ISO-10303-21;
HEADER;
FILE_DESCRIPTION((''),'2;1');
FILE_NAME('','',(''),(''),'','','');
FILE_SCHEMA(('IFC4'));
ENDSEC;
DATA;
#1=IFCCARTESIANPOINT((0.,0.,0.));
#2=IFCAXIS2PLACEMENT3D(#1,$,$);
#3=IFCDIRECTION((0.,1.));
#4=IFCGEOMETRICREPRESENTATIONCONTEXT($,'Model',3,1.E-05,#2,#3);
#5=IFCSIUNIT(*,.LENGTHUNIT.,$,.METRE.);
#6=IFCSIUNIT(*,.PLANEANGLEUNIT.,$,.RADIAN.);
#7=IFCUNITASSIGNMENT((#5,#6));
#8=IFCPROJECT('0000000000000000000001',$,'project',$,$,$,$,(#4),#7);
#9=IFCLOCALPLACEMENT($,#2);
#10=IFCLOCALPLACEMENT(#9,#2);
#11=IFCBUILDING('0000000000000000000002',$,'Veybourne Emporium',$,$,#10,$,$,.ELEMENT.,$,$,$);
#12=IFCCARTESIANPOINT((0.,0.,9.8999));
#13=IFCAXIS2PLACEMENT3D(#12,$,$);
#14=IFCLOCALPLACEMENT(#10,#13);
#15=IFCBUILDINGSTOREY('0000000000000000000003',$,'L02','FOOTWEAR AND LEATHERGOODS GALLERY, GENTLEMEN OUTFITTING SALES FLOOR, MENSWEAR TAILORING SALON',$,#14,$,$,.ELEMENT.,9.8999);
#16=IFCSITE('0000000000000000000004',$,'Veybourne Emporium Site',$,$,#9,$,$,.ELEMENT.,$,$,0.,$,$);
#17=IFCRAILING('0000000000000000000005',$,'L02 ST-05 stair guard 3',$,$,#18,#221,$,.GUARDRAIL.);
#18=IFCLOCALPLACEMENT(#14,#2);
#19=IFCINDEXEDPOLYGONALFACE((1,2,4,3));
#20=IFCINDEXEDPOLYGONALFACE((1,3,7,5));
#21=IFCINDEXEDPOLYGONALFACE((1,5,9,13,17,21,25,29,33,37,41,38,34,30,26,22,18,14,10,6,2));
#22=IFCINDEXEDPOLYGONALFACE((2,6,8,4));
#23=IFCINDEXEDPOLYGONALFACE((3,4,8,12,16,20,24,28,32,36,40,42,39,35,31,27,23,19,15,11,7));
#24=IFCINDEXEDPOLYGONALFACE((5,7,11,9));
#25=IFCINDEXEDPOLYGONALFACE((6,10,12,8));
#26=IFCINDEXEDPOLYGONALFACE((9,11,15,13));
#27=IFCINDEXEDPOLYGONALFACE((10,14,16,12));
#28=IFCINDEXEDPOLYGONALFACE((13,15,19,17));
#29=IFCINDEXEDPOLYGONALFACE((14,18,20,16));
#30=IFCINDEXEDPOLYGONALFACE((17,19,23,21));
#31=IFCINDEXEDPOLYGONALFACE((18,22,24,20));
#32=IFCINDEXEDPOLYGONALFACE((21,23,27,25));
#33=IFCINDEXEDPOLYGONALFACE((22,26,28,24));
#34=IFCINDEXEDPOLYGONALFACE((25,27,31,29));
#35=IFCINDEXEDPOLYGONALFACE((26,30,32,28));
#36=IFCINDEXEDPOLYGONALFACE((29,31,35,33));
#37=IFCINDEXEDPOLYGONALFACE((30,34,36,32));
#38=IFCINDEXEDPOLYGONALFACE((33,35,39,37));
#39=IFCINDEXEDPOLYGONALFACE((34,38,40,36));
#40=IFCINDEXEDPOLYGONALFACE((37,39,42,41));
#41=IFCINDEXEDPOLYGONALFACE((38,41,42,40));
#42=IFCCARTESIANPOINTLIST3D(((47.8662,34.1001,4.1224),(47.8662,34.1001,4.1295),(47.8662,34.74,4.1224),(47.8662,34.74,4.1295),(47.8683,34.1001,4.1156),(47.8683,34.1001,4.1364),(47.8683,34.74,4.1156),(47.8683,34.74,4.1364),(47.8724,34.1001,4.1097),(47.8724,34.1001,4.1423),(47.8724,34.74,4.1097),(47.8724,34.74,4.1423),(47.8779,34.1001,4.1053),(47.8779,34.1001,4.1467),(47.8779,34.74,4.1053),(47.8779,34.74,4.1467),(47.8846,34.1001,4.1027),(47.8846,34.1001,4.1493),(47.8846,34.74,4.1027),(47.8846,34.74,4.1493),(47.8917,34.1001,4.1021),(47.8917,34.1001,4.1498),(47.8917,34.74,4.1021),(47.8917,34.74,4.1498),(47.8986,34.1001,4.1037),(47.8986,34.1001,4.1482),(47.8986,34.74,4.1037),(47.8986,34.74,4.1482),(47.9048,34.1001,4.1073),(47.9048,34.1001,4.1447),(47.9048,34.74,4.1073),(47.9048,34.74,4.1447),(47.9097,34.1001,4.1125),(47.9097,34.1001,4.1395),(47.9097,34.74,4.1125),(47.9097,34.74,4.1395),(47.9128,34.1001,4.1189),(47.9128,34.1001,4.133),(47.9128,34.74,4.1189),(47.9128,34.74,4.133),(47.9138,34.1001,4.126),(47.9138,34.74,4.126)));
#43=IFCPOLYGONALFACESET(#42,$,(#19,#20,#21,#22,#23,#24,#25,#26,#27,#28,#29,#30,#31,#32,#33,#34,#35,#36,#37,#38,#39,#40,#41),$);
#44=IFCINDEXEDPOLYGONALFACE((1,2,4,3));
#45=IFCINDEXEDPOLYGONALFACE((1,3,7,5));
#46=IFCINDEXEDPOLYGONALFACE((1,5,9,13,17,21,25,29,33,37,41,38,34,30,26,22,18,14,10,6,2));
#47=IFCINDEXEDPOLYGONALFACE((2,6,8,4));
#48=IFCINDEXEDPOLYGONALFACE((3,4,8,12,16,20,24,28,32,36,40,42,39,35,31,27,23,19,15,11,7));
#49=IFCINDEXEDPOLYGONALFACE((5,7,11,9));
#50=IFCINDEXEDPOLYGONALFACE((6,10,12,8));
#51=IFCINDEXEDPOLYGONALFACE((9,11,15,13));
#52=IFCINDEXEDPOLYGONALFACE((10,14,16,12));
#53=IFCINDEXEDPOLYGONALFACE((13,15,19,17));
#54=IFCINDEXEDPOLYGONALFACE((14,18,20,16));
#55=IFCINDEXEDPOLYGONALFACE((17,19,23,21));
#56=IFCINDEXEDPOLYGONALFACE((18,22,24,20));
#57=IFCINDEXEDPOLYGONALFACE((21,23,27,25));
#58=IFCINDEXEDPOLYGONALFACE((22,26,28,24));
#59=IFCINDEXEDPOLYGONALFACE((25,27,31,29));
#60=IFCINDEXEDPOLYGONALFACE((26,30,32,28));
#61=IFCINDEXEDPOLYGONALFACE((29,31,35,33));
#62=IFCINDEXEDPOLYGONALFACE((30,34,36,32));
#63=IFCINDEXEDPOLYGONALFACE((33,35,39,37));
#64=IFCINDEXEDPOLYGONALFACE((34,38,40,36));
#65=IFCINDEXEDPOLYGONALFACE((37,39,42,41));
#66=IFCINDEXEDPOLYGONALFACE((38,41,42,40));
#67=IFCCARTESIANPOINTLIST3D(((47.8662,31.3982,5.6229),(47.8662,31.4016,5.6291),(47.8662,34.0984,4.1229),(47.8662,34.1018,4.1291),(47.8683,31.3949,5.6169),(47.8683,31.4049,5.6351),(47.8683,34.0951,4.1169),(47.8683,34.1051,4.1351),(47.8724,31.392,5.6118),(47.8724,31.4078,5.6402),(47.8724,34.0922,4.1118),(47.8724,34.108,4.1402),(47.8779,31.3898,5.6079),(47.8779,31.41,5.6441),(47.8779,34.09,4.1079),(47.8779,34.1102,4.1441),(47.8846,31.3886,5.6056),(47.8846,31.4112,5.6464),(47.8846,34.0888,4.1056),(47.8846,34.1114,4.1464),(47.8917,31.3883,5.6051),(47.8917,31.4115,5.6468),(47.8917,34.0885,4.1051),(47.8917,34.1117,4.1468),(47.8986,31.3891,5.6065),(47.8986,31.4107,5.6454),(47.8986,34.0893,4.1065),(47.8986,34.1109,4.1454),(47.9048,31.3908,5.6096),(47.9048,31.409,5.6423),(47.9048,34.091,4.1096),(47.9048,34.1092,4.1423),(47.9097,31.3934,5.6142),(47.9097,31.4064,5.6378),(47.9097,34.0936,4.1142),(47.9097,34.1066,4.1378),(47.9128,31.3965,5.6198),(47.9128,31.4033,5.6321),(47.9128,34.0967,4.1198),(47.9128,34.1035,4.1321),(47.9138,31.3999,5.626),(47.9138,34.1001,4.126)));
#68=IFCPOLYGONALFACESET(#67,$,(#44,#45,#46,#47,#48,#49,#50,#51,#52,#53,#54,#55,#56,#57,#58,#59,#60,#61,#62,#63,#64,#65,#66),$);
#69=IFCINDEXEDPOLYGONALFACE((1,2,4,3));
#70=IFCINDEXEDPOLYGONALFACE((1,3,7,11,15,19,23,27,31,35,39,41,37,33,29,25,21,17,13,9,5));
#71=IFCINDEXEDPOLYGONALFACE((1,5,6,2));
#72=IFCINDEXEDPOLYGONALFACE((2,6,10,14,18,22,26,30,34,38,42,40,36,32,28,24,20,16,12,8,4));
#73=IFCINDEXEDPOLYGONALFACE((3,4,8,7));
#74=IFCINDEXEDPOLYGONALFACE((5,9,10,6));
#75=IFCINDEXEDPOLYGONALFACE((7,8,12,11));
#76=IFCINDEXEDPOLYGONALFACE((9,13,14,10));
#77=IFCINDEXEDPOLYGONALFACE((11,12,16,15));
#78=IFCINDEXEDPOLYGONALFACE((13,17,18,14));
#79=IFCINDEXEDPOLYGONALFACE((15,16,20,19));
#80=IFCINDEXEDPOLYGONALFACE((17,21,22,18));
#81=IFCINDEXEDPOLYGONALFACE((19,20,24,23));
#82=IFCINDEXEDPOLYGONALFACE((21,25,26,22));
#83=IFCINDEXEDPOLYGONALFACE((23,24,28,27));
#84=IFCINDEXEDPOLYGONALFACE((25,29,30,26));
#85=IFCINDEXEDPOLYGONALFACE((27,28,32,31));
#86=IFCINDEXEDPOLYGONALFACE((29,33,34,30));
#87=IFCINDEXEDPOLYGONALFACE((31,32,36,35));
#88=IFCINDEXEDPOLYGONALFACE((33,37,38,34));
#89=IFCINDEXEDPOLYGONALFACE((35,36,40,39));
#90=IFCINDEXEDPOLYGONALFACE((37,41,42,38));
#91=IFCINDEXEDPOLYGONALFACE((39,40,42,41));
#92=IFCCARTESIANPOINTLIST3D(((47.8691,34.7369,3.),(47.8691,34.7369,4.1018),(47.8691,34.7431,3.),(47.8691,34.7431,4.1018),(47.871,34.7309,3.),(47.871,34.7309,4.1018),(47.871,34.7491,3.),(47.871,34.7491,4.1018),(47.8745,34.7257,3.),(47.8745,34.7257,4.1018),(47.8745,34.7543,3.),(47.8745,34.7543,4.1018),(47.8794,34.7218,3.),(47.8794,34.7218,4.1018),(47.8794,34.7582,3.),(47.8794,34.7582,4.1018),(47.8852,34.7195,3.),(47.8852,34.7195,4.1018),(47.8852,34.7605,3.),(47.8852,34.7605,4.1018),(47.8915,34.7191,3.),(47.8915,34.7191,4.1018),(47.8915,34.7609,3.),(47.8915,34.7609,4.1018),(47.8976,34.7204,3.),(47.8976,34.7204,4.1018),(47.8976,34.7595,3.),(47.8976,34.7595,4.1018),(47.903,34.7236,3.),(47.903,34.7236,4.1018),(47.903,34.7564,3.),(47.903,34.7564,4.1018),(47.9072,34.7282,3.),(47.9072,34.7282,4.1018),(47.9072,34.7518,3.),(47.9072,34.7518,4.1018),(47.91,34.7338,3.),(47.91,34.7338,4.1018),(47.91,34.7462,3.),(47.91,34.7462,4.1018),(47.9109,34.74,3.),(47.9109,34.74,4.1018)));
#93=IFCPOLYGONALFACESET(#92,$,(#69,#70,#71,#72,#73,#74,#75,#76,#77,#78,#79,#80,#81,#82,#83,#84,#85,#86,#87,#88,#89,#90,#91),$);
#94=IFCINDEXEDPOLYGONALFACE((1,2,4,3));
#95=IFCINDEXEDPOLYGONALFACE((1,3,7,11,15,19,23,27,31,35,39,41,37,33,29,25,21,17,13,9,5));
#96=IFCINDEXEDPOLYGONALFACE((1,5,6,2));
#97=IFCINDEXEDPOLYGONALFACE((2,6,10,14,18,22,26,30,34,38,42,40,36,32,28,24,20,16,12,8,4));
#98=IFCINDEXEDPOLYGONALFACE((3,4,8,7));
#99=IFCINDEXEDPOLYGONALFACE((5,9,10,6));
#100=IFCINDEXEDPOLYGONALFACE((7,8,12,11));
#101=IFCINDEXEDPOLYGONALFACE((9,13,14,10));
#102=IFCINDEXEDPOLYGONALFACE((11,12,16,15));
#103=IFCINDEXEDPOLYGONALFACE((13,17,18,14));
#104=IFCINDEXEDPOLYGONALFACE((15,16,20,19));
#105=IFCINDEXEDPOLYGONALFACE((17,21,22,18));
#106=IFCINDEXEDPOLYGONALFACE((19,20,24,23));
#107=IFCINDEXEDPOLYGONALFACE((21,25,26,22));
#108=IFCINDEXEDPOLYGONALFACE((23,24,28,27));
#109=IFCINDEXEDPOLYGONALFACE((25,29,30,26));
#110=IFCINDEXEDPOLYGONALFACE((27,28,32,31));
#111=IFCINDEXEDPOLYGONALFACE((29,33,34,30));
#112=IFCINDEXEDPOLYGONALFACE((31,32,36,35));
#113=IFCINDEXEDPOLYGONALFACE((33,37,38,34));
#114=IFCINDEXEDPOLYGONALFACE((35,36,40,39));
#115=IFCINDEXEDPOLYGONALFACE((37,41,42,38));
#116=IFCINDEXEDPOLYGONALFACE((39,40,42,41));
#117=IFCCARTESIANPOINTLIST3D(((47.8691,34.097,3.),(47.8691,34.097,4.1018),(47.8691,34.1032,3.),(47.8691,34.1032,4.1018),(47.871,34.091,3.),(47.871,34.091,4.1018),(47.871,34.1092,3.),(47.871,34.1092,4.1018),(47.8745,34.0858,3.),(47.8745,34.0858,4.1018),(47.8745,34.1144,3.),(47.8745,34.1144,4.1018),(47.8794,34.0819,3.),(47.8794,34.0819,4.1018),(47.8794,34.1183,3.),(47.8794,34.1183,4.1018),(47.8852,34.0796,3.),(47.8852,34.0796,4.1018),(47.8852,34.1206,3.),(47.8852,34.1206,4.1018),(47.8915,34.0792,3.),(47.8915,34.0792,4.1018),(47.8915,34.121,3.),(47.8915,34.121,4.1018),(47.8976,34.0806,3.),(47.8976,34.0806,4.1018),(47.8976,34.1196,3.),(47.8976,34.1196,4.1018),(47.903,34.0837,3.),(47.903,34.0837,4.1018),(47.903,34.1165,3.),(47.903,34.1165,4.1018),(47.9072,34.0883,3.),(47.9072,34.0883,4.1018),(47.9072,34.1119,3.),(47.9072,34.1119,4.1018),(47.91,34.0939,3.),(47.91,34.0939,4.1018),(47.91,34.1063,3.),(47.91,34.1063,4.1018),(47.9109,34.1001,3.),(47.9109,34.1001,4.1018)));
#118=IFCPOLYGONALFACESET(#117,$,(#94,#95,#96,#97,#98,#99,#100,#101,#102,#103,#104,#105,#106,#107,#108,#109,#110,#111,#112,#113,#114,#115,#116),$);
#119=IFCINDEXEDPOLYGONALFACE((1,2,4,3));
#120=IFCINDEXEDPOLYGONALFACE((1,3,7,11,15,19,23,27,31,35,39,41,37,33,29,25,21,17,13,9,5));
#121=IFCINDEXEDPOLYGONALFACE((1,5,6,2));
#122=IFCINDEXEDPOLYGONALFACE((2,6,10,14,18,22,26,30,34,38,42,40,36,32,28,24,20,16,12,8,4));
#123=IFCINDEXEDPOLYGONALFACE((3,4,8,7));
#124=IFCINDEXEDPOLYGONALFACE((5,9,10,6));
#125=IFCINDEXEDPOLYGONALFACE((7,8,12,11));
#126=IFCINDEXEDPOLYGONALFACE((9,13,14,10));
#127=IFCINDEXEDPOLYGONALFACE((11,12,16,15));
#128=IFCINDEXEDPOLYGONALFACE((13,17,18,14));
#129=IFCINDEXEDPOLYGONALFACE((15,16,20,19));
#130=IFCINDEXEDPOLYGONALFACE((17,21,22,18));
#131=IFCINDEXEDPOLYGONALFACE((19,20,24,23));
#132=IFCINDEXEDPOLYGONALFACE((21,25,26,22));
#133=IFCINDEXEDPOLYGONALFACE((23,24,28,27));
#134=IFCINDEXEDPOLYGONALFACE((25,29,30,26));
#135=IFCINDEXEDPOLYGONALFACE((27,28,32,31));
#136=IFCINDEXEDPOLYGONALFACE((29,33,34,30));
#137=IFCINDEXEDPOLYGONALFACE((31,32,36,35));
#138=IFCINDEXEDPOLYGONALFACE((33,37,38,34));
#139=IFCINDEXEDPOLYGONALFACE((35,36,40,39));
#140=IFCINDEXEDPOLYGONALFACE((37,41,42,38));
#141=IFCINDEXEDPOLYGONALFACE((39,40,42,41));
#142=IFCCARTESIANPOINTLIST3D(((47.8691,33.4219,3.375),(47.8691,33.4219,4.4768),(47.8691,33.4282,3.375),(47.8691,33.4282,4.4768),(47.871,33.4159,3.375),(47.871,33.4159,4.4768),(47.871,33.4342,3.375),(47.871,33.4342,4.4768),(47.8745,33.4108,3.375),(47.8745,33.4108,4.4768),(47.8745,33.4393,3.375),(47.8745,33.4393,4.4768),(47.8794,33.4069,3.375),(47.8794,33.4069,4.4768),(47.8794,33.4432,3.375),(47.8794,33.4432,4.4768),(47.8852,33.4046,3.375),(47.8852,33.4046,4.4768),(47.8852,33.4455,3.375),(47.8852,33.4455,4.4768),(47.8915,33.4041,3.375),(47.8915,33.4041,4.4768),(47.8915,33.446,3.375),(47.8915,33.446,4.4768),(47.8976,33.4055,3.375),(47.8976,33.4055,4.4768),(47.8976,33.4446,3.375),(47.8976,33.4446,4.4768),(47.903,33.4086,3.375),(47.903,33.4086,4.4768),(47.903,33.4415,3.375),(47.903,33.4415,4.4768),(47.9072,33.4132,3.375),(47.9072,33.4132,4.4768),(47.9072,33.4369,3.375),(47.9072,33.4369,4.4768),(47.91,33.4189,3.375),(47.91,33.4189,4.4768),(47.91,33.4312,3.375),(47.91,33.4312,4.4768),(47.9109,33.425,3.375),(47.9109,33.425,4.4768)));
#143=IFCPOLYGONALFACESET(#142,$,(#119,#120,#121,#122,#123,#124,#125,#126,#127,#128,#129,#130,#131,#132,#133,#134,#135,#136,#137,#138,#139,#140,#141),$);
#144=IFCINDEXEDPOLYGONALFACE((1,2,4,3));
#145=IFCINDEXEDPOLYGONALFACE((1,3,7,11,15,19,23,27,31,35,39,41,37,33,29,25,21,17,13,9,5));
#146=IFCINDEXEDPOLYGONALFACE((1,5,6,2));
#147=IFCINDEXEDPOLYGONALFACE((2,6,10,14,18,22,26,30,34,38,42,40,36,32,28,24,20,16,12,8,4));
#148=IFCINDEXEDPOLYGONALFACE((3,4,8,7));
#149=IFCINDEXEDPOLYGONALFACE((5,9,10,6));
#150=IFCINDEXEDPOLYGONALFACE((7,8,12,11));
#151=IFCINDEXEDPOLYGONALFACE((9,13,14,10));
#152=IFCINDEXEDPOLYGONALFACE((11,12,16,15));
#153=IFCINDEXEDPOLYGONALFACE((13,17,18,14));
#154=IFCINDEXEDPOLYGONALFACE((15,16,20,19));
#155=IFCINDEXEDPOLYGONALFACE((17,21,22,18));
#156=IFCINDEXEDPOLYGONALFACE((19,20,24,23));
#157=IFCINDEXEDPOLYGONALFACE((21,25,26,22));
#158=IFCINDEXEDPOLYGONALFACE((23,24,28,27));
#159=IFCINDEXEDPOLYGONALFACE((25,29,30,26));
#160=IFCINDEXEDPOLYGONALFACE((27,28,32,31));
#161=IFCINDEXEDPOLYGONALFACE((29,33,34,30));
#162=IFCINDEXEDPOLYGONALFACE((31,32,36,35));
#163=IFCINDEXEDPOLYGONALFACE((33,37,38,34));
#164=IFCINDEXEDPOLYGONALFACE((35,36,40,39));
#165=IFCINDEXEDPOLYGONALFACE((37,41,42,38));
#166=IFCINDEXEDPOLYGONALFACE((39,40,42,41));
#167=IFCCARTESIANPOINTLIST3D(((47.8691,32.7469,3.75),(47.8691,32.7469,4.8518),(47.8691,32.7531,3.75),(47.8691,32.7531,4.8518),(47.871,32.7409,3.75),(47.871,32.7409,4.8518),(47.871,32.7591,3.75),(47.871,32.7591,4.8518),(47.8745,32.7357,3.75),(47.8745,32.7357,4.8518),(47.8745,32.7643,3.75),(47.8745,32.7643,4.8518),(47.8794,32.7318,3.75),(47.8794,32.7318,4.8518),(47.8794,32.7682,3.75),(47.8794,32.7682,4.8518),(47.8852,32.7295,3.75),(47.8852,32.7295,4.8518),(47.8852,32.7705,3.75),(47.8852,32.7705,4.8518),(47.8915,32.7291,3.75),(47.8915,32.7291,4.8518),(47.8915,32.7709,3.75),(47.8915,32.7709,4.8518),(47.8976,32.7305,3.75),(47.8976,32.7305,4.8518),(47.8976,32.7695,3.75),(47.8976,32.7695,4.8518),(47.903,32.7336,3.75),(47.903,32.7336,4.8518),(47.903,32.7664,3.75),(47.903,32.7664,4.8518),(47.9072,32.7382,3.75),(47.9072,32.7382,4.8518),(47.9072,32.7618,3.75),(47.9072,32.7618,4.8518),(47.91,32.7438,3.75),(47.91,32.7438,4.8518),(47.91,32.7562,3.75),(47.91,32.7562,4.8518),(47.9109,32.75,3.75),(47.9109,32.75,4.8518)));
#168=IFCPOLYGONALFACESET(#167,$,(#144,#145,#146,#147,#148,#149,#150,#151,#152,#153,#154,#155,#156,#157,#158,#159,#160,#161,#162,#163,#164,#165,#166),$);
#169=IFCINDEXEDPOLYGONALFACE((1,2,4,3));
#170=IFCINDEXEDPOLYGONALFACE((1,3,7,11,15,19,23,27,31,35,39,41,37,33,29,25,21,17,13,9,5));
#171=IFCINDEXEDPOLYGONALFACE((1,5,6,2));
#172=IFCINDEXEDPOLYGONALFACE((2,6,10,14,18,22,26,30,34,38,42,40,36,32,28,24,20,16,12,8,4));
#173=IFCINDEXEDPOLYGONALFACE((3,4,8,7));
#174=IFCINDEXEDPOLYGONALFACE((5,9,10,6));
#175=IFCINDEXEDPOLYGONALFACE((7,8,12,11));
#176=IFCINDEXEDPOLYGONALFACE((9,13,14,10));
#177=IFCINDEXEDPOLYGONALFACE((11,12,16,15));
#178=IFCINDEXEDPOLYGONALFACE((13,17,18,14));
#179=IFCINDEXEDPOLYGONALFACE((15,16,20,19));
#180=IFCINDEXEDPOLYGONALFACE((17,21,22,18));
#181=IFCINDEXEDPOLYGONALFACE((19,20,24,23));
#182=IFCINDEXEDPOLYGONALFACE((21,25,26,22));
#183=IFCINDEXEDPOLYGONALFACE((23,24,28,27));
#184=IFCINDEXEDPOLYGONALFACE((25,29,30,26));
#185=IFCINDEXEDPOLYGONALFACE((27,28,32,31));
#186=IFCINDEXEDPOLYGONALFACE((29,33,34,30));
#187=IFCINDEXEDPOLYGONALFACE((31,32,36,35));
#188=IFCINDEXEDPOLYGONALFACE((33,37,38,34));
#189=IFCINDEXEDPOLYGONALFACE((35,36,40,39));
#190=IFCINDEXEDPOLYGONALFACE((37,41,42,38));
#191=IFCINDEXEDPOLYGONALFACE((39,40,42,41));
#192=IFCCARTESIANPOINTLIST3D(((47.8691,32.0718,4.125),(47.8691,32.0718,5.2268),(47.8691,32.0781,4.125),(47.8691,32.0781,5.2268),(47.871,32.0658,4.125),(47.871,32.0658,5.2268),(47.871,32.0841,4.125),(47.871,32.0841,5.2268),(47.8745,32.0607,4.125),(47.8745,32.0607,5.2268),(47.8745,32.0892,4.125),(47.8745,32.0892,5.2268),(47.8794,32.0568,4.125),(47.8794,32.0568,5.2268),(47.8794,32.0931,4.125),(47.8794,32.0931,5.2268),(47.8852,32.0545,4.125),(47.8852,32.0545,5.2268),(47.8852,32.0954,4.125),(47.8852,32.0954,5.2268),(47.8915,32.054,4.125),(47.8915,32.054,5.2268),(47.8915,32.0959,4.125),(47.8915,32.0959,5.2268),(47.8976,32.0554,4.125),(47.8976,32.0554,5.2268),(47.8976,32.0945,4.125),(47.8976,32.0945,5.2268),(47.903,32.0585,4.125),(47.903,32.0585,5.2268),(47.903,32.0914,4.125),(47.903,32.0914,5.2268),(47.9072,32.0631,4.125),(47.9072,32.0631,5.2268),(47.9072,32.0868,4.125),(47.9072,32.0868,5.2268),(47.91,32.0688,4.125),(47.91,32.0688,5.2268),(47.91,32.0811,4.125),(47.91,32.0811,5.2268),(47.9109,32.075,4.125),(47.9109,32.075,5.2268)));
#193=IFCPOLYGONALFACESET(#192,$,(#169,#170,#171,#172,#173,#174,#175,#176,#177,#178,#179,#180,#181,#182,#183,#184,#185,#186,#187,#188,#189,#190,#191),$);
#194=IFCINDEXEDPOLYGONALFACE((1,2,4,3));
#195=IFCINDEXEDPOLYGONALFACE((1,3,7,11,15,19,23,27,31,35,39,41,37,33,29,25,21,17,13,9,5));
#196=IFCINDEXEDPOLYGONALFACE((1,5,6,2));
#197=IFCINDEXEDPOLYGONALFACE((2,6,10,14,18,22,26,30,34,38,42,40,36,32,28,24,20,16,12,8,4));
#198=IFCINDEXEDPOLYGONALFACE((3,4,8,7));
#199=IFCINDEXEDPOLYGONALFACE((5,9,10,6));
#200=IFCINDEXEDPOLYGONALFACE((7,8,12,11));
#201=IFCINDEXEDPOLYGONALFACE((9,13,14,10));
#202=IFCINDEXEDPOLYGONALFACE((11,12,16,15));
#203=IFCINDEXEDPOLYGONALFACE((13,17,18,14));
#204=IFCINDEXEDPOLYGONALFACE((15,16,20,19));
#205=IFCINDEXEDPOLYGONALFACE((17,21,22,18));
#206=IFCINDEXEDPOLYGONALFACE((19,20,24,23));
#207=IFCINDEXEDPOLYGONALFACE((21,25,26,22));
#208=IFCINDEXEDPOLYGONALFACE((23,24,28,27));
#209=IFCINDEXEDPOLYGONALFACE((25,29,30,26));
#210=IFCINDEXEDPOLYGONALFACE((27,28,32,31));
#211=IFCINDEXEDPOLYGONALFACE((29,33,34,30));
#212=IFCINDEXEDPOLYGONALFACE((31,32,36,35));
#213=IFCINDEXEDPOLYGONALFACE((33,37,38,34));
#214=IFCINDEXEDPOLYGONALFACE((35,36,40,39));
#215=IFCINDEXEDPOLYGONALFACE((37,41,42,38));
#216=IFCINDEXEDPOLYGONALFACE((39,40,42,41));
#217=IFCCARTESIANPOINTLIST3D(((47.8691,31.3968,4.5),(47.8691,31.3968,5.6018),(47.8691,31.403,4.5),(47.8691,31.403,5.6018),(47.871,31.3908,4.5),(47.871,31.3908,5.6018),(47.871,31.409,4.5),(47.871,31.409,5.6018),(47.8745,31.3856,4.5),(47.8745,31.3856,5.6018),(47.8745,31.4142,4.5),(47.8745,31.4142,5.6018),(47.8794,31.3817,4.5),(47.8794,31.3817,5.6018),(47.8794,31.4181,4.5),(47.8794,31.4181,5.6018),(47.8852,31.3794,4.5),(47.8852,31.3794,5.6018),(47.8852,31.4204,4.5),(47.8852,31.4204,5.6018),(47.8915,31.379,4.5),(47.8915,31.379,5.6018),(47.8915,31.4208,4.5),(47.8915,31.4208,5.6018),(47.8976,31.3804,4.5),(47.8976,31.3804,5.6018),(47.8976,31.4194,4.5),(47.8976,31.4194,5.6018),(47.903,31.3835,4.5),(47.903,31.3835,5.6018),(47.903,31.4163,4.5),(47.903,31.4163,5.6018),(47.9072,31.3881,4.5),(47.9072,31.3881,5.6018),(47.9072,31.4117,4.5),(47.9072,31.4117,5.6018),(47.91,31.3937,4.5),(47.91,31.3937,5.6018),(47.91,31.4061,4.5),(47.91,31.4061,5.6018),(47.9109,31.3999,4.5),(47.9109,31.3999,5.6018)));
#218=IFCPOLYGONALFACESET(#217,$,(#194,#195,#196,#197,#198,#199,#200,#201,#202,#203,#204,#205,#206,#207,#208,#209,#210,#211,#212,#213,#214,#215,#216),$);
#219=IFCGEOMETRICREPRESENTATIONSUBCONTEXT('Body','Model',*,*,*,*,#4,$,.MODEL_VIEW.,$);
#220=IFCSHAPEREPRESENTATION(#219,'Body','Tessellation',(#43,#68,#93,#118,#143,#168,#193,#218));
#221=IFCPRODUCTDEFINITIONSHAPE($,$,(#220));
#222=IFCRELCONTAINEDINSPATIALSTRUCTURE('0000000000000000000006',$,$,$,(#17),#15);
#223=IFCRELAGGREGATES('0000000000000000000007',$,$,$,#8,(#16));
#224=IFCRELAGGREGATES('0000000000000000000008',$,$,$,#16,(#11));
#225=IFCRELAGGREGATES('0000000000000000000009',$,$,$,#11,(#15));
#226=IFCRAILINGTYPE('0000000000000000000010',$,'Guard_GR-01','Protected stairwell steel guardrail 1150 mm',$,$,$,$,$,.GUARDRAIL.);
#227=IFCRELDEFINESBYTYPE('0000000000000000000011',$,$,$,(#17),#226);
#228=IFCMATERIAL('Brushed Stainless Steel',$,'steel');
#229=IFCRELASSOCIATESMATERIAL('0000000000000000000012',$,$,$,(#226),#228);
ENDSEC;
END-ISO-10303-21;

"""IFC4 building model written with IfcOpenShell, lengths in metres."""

from ifc_helpers import new_model, si_unit, direction, frame, origin, origin_2d, place, context, subcontext, project, spatial, circle, extrude, material, type_object, element, save


model = new_model("IFC4")

# Units and contexts
model_context = context("Model", 3, precision=1e-05, world=origin(), true_north=direction((0.0, 1.0)))
body_context = subcontext(model_context, "Body", "Model", "MODEL_VIEW")
ifc_project = project(units=[si_unit("LENGTHUNIT", "METRE"), si_unit("PLANEANGLEUNIT", "RADIAN")], contexts=[model_context])

# Site, building, storey
site_placement = place(None, origin())
site = spatial("IfcSite", under=ifc_project, at=site_placement, Name="Veybourne Emporium Site", CompositionType="ELEMENT", RefElevation=0.0)
building_placement = place(site_placement, origin())
building = spatial("IfcBuilding", under=site, at=building_placement, Name="Veybourne Emporium", CompositionType="ELEMENT")
storey_placement = place(building_placement, frame((0.0, 0.0, 9.8999)))
storey = spatial("IfcBuildingStorey", under=building, at=storey_placement, Name="L02", Description="FOOTWEAR AND LEATHERGOODS GALLERY, GENTLEMEN OUTFITTING SALES FLOOR, MENSWEAR TAILORING SALON", CompositionType="ELEMENT", Elevation=9.8999)

# Railing
ifc_material_1 = material(Name="Brushed Stainless Steel", Category="steel")
railing_type_1 = type_object("IfcRailingType", Name="Guard_GR-01", Description="Protected stairwell steel guardrail 1150 mm", PredefinedType="GUARDRAIL", material=ifc_material_1)
railing_1_placement = place(storey_placement, frame((47.8899, 34.74, 3.0)))
element("IfcRailing", 1, at=railing_1_placement, inside=storey, type_object=railing_type_1, Name="L02 ST-05 stair guard 3", PredefinedType="GUARDRAIL", context=body_context, shape_type="SweptSolid", body=[
    extrude(circle(Radius=0.0239, at=origin_2d()), frame((0.0, 0.0, 1.126), z_axis=(0.0, -1.0, 0.0), x_axis=(1.0, 0.0, 0.0)), (0.0, 0.0, 1.0), 0.6399),
    extrude(circle(Radius=0.0239, at=origin_2d()), frame((0.0, -0.6399, 1.126), z_axis=(0.0, -0.874172, 0.485616), x_axis=(1.0, 0.0, 0.0)), (0.0, 0.0, 1.0), 3.0889),
    extrude(circle(Radius=0.021, at=origin_2d()), origin(), (0.0, 0.0, 1.0), 1.1018),
    extrude(circle(Radius=0.021, at=origin_2d()), frame((0.0, -0.6399, 0.0)), (0.0, 0.0, 1.0), 1.1018),
    extrude(circle(Radius=0.021, at=origin_2d()), frame((0.0, -1.3149, 0.375)), (0.0, 0.0, 1.0), 1.1018),
    extrude(circle(Radius=0.021, at=origin_2d()), frame((0.0, -1.99, 0.75)), (0.0, 0.0, 1.0), 1.1018),
    extrude(circle(Radius=0.021, at=origin_2d()), frame((0.0, -2.665, 1.125)), (0.0, 0.0, 1.0), 1.1018),
    extrude(circle(Radius=0.021, at=origin_2d()), frame((0.0, -3.3401, 1.5)), (0.0, 0.0, 1.0), 1.1018),
])

save(model, "model.ifc")
